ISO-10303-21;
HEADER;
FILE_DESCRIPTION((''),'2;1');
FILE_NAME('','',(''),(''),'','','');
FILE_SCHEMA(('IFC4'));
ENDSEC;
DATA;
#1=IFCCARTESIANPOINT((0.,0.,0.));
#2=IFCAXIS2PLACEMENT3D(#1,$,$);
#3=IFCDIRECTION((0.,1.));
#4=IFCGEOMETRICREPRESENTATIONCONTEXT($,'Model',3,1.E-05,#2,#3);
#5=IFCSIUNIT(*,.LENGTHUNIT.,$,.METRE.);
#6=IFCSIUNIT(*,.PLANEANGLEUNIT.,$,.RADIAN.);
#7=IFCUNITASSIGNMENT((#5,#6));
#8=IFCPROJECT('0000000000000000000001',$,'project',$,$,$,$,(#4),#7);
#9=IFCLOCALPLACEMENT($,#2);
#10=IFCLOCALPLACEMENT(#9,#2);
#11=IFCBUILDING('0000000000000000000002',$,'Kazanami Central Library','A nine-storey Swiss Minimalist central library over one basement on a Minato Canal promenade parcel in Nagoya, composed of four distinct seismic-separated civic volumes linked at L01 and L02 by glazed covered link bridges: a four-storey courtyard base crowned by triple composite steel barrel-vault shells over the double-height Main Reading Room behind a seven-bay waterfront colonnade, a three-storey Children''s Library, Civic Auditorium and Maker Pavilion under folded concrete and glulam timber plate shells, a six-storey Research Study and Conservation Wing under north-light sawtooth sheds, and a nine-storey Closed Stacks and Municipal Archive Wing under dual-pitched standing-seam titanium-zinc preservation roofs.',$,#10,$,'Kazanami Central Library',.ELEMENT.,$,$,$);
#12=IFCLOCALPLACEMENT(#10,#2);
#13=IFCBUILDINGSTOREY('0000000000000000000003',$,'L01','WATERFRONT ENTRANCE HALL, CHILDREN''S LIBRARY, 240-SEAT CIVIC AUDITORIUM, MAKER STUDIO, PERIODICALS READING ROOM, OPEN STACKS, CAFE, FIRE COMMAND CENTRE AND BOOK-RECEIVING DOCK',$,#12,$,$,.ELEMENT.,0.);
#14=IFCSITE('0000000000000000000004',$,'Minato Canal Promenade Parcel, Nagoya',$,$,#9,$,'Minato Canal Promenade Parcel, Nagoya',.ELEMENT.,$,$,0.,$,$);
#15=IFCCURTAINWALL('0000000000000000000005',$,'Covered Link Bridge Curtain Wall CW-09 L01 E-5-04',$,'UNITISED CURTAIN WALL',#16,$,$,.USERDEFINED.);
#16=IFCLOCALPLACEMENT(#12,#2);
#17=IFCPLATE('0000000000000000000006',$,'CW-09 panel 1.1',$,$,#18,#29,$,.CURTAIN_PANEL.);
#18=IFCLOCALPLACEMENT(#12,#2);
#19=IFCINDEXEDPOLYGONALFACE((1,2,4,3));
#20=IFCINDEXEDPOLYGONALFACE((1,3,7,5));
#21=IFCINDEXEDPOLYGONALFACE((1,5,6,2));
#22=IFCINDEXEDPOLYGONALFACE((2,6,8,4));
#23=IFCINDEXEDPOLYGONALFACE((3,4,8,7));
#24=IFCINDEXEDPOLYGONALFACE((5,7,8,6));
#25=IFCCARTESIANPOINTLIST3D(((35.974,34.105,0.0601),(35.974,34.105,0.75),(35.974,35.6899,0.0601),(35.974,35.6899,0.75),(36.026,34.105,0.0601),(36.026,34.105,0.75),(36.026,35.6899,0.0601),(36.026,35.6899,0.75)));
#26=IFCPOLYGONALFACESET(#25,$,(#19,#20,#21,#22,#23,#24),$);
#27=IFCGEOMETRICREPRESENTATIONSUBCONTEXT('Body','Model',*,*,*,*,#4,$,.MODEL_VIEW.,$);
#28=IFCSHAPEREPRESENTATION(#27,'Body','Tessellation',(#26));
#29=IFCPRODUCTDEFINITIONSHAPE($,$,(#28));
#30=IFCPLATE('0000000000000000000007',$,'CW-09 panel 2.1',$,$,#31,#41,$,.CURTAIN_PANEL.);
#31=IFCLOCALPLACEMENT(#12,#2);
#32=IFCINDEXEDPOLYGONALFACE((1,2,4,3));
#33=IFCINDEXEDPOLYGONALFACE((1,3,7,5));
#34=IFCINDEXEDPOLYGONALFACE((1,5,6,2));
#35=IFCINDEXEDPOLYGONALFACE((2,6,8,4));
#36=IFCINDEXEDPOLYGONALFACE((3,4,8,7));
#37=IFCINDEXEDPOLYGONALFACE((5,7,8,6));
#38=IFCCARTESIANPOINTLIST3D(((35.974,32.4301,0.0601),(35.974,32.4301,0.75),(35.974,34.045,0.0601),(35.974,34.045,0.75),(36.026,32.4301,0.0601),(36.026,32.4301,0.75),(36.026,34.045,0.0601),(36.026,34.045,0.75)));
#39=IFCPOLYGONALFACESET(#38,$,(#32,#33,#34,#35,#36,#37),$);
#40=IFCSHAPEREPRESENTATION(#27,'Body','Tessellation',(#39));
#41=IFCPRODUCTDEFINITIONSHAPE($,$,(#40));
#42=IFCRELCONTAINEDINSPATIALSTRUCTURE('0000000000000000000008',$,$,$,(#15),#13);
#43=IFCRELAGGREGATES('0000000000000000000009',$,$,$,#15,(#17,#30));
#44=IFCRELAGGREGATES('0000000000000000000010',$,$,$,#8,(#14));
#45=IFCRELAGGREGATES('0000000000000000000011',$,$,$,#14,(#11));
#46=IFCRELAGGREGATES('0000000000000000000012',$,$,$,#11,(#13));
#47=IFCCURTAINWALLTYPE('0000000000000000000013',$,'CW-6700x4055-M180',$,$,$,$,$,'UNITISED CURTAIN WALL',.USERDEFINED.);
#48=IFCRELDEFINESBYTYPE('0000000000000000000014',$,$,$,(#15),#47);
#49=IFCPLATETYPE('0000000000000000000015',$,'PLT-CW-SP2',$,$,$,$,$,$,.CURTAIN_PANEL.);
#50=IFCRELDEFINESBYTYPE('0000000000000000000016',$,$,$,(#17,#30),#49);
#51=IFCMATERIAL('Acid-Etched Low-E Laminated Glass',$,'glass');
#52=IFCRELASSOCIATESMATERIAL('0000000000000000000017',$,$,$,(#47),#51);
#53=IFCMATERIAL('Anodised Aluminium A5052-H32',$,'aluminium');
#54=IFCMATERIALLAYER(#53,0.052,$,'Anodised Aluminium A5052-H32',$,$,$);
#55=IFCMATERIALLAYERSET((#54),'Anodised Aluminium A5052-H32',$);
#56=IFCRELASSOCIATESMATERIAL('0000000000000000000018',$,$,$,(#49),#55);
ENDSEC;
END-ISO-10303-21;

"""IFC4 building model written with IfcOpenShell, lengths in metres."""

from ifc_helpers import new_model, si_unit, direction, frame, origin, origin_2d, place, context, subcontext, project, spatial, rectangle, extrude, material, layer, layer_set, type_object, element, aggregate, save


model = new_model("IFC4")

# Units and contexts
model_context = context("Model", 3, precision=1e-05, world=origin(), true_north=direction((0.0, 1.0)))
body_context = subcontext(model_context, "Body", "Model", "MODEL_VIEW")
ifc_project = project(units=[si_unit("LENGTHUNIT", "METRE"), si_unit("PLANEANGLEUNIT", "RADIAN")], contexts=[model_context])

# Site, building, storey
site_placement = place(None, origin())
site = spatial("IfcSite", under=ifc_project, at=site_placement, Name="Minato Canal Promenade Parcel, Nagoya", LongName="Minato Canal Promenade Parcel, Nagoya", CompositionType="ELEMENT", RefElevation=0.0)
building_placement = place(site_placement, origin())
building = spatial("IfcBuilding", under=site, at=building_placement, Name="Kazanami Central Library", Description="A nine-storey Swiss Minimalist central library over one basement on a Minato Canal promenade parcel in Nagoya, composed of four distinct seismic-separated civic volumes linked at L01 and L02 by glazed covered link bridges: a four-storey courtyard base crowned by triple composite steel barrel-vault shells over the double-height Main Reading Room behind a seven-bay waterfront colonnade, a three-storey Children's Library, Civic Auditorium and Maker Pavilion under folded concrete and glulam timber plate shells, a six-storey Research Study and Conservation Wing under north-light sawtooth sheds, and a nine-storey Closed Stacks and Municipal Archive Wing under dual-pitched standing-seam titanium-zinc preservation roofs.", LongName="Kazanami Central Library", CompositionType="ELEMENT")
storey_placement = place(building_placement, origin())
storey = spatial("IfcBuildingStorey", under=building, at=storey_placement, Name="L01", Description="WATERFRONT ENTRANCE HALL, CHILDREN'S LIBRARY, 240-SEAT CIVIC AUDITORIUM, MAKER STUDIO, PERIODICALS READING ROOM, OPEN STACKS, CAFE, FIRE COMMAND CENTRE AND BOOK-RECEIVING DOCK", CompositionType="ELEMENT", Elevation=0.0)

# Shared definitions
ifc_material_1 = material(Name="Acid-Etched Low-E Laminated Glass", Category="glass")
curtain_wall_type = type_object("IfcCurtainWallType", Name="CW-6700x4055-M180", ElementType="UNITISED CURTAIN WALL", PredefinedType="USERDEFINED", material=ifc_material_1)

# Curtain wall
curtain_wall_1_placement = place(storey_placement, origin())
curtain_wall_1 = element("IfcCurtainWall", 1, at=curtain_wall_1_placement, inside=storey, type_object=curtain_wall_type, Name="Covered Link Bridge Curtain Wall CW-09 L01 E-5-04", ObjectType="UNITISED CURTAIN WALL", PredefinedType="USERDEFINED")

# Plates
ifc_material_2 = material(Name="Anodised Aluminium A5052-H32", Category="aluminium")
ifc_layer_1 = layer(ifc_material_2, 0.052, Name="Anodised Aluminium A5052-H32")
ifc_layer_set_1 = layer_set([ifc_layer_1], Name="Anodised Aluminium A5052-H32")
plate_type_1 = type_object("IfcPlateType", Name="PLT-CW-SP2", PredefinedType="CURTAIN_PANEL", material=ifc_layer_set_1)
plate_1_placement = place(storey_placement, frame((36.0, 34.8975, 0.0601), z_axis=(0.0, 0.0, 1.0), x_axis=(0.0, -1.0, 0.0)))
plate_1 = element("IfcPlate", 2, at=plate_1_placement, type_object=plate_type_1, Name="CW-09 panel 1.1", PredefinedType="CURTAIN_PANEL", context=body_context, shape_type="SweptSolid", body=[
    extrude(rectangle(XDim=1.585, YDim=0.052, at=origin_2d()), origin(), (0.0, 0.0, 1.0), 0.6899),
])
plate_2_placement = place(storey_placement, frame((36.0, 33.2375, 0.0601), z_axis=(0.0, 0.0, 1.0), x_axis=(0.0, -1.0, 0.0)))
plate_2 = element("IfcPlate", 3, at=plate_2_placement, type_object=plate_type_1, Name="CW-09 panel 2.1", PredefinedType="CURTAIN_PANEL", context=body_context, shape_type="SweptSolid", body=[
    extrude(rectangle(XDim=1.615, YDim=0.052, at=origin_2d()), origin(), (0.0, 0.0, 1.0), 0.6899),
])
aggregate(curtain_wall_1, [plate_1, plate_2])

save(model, "model.ifc")
